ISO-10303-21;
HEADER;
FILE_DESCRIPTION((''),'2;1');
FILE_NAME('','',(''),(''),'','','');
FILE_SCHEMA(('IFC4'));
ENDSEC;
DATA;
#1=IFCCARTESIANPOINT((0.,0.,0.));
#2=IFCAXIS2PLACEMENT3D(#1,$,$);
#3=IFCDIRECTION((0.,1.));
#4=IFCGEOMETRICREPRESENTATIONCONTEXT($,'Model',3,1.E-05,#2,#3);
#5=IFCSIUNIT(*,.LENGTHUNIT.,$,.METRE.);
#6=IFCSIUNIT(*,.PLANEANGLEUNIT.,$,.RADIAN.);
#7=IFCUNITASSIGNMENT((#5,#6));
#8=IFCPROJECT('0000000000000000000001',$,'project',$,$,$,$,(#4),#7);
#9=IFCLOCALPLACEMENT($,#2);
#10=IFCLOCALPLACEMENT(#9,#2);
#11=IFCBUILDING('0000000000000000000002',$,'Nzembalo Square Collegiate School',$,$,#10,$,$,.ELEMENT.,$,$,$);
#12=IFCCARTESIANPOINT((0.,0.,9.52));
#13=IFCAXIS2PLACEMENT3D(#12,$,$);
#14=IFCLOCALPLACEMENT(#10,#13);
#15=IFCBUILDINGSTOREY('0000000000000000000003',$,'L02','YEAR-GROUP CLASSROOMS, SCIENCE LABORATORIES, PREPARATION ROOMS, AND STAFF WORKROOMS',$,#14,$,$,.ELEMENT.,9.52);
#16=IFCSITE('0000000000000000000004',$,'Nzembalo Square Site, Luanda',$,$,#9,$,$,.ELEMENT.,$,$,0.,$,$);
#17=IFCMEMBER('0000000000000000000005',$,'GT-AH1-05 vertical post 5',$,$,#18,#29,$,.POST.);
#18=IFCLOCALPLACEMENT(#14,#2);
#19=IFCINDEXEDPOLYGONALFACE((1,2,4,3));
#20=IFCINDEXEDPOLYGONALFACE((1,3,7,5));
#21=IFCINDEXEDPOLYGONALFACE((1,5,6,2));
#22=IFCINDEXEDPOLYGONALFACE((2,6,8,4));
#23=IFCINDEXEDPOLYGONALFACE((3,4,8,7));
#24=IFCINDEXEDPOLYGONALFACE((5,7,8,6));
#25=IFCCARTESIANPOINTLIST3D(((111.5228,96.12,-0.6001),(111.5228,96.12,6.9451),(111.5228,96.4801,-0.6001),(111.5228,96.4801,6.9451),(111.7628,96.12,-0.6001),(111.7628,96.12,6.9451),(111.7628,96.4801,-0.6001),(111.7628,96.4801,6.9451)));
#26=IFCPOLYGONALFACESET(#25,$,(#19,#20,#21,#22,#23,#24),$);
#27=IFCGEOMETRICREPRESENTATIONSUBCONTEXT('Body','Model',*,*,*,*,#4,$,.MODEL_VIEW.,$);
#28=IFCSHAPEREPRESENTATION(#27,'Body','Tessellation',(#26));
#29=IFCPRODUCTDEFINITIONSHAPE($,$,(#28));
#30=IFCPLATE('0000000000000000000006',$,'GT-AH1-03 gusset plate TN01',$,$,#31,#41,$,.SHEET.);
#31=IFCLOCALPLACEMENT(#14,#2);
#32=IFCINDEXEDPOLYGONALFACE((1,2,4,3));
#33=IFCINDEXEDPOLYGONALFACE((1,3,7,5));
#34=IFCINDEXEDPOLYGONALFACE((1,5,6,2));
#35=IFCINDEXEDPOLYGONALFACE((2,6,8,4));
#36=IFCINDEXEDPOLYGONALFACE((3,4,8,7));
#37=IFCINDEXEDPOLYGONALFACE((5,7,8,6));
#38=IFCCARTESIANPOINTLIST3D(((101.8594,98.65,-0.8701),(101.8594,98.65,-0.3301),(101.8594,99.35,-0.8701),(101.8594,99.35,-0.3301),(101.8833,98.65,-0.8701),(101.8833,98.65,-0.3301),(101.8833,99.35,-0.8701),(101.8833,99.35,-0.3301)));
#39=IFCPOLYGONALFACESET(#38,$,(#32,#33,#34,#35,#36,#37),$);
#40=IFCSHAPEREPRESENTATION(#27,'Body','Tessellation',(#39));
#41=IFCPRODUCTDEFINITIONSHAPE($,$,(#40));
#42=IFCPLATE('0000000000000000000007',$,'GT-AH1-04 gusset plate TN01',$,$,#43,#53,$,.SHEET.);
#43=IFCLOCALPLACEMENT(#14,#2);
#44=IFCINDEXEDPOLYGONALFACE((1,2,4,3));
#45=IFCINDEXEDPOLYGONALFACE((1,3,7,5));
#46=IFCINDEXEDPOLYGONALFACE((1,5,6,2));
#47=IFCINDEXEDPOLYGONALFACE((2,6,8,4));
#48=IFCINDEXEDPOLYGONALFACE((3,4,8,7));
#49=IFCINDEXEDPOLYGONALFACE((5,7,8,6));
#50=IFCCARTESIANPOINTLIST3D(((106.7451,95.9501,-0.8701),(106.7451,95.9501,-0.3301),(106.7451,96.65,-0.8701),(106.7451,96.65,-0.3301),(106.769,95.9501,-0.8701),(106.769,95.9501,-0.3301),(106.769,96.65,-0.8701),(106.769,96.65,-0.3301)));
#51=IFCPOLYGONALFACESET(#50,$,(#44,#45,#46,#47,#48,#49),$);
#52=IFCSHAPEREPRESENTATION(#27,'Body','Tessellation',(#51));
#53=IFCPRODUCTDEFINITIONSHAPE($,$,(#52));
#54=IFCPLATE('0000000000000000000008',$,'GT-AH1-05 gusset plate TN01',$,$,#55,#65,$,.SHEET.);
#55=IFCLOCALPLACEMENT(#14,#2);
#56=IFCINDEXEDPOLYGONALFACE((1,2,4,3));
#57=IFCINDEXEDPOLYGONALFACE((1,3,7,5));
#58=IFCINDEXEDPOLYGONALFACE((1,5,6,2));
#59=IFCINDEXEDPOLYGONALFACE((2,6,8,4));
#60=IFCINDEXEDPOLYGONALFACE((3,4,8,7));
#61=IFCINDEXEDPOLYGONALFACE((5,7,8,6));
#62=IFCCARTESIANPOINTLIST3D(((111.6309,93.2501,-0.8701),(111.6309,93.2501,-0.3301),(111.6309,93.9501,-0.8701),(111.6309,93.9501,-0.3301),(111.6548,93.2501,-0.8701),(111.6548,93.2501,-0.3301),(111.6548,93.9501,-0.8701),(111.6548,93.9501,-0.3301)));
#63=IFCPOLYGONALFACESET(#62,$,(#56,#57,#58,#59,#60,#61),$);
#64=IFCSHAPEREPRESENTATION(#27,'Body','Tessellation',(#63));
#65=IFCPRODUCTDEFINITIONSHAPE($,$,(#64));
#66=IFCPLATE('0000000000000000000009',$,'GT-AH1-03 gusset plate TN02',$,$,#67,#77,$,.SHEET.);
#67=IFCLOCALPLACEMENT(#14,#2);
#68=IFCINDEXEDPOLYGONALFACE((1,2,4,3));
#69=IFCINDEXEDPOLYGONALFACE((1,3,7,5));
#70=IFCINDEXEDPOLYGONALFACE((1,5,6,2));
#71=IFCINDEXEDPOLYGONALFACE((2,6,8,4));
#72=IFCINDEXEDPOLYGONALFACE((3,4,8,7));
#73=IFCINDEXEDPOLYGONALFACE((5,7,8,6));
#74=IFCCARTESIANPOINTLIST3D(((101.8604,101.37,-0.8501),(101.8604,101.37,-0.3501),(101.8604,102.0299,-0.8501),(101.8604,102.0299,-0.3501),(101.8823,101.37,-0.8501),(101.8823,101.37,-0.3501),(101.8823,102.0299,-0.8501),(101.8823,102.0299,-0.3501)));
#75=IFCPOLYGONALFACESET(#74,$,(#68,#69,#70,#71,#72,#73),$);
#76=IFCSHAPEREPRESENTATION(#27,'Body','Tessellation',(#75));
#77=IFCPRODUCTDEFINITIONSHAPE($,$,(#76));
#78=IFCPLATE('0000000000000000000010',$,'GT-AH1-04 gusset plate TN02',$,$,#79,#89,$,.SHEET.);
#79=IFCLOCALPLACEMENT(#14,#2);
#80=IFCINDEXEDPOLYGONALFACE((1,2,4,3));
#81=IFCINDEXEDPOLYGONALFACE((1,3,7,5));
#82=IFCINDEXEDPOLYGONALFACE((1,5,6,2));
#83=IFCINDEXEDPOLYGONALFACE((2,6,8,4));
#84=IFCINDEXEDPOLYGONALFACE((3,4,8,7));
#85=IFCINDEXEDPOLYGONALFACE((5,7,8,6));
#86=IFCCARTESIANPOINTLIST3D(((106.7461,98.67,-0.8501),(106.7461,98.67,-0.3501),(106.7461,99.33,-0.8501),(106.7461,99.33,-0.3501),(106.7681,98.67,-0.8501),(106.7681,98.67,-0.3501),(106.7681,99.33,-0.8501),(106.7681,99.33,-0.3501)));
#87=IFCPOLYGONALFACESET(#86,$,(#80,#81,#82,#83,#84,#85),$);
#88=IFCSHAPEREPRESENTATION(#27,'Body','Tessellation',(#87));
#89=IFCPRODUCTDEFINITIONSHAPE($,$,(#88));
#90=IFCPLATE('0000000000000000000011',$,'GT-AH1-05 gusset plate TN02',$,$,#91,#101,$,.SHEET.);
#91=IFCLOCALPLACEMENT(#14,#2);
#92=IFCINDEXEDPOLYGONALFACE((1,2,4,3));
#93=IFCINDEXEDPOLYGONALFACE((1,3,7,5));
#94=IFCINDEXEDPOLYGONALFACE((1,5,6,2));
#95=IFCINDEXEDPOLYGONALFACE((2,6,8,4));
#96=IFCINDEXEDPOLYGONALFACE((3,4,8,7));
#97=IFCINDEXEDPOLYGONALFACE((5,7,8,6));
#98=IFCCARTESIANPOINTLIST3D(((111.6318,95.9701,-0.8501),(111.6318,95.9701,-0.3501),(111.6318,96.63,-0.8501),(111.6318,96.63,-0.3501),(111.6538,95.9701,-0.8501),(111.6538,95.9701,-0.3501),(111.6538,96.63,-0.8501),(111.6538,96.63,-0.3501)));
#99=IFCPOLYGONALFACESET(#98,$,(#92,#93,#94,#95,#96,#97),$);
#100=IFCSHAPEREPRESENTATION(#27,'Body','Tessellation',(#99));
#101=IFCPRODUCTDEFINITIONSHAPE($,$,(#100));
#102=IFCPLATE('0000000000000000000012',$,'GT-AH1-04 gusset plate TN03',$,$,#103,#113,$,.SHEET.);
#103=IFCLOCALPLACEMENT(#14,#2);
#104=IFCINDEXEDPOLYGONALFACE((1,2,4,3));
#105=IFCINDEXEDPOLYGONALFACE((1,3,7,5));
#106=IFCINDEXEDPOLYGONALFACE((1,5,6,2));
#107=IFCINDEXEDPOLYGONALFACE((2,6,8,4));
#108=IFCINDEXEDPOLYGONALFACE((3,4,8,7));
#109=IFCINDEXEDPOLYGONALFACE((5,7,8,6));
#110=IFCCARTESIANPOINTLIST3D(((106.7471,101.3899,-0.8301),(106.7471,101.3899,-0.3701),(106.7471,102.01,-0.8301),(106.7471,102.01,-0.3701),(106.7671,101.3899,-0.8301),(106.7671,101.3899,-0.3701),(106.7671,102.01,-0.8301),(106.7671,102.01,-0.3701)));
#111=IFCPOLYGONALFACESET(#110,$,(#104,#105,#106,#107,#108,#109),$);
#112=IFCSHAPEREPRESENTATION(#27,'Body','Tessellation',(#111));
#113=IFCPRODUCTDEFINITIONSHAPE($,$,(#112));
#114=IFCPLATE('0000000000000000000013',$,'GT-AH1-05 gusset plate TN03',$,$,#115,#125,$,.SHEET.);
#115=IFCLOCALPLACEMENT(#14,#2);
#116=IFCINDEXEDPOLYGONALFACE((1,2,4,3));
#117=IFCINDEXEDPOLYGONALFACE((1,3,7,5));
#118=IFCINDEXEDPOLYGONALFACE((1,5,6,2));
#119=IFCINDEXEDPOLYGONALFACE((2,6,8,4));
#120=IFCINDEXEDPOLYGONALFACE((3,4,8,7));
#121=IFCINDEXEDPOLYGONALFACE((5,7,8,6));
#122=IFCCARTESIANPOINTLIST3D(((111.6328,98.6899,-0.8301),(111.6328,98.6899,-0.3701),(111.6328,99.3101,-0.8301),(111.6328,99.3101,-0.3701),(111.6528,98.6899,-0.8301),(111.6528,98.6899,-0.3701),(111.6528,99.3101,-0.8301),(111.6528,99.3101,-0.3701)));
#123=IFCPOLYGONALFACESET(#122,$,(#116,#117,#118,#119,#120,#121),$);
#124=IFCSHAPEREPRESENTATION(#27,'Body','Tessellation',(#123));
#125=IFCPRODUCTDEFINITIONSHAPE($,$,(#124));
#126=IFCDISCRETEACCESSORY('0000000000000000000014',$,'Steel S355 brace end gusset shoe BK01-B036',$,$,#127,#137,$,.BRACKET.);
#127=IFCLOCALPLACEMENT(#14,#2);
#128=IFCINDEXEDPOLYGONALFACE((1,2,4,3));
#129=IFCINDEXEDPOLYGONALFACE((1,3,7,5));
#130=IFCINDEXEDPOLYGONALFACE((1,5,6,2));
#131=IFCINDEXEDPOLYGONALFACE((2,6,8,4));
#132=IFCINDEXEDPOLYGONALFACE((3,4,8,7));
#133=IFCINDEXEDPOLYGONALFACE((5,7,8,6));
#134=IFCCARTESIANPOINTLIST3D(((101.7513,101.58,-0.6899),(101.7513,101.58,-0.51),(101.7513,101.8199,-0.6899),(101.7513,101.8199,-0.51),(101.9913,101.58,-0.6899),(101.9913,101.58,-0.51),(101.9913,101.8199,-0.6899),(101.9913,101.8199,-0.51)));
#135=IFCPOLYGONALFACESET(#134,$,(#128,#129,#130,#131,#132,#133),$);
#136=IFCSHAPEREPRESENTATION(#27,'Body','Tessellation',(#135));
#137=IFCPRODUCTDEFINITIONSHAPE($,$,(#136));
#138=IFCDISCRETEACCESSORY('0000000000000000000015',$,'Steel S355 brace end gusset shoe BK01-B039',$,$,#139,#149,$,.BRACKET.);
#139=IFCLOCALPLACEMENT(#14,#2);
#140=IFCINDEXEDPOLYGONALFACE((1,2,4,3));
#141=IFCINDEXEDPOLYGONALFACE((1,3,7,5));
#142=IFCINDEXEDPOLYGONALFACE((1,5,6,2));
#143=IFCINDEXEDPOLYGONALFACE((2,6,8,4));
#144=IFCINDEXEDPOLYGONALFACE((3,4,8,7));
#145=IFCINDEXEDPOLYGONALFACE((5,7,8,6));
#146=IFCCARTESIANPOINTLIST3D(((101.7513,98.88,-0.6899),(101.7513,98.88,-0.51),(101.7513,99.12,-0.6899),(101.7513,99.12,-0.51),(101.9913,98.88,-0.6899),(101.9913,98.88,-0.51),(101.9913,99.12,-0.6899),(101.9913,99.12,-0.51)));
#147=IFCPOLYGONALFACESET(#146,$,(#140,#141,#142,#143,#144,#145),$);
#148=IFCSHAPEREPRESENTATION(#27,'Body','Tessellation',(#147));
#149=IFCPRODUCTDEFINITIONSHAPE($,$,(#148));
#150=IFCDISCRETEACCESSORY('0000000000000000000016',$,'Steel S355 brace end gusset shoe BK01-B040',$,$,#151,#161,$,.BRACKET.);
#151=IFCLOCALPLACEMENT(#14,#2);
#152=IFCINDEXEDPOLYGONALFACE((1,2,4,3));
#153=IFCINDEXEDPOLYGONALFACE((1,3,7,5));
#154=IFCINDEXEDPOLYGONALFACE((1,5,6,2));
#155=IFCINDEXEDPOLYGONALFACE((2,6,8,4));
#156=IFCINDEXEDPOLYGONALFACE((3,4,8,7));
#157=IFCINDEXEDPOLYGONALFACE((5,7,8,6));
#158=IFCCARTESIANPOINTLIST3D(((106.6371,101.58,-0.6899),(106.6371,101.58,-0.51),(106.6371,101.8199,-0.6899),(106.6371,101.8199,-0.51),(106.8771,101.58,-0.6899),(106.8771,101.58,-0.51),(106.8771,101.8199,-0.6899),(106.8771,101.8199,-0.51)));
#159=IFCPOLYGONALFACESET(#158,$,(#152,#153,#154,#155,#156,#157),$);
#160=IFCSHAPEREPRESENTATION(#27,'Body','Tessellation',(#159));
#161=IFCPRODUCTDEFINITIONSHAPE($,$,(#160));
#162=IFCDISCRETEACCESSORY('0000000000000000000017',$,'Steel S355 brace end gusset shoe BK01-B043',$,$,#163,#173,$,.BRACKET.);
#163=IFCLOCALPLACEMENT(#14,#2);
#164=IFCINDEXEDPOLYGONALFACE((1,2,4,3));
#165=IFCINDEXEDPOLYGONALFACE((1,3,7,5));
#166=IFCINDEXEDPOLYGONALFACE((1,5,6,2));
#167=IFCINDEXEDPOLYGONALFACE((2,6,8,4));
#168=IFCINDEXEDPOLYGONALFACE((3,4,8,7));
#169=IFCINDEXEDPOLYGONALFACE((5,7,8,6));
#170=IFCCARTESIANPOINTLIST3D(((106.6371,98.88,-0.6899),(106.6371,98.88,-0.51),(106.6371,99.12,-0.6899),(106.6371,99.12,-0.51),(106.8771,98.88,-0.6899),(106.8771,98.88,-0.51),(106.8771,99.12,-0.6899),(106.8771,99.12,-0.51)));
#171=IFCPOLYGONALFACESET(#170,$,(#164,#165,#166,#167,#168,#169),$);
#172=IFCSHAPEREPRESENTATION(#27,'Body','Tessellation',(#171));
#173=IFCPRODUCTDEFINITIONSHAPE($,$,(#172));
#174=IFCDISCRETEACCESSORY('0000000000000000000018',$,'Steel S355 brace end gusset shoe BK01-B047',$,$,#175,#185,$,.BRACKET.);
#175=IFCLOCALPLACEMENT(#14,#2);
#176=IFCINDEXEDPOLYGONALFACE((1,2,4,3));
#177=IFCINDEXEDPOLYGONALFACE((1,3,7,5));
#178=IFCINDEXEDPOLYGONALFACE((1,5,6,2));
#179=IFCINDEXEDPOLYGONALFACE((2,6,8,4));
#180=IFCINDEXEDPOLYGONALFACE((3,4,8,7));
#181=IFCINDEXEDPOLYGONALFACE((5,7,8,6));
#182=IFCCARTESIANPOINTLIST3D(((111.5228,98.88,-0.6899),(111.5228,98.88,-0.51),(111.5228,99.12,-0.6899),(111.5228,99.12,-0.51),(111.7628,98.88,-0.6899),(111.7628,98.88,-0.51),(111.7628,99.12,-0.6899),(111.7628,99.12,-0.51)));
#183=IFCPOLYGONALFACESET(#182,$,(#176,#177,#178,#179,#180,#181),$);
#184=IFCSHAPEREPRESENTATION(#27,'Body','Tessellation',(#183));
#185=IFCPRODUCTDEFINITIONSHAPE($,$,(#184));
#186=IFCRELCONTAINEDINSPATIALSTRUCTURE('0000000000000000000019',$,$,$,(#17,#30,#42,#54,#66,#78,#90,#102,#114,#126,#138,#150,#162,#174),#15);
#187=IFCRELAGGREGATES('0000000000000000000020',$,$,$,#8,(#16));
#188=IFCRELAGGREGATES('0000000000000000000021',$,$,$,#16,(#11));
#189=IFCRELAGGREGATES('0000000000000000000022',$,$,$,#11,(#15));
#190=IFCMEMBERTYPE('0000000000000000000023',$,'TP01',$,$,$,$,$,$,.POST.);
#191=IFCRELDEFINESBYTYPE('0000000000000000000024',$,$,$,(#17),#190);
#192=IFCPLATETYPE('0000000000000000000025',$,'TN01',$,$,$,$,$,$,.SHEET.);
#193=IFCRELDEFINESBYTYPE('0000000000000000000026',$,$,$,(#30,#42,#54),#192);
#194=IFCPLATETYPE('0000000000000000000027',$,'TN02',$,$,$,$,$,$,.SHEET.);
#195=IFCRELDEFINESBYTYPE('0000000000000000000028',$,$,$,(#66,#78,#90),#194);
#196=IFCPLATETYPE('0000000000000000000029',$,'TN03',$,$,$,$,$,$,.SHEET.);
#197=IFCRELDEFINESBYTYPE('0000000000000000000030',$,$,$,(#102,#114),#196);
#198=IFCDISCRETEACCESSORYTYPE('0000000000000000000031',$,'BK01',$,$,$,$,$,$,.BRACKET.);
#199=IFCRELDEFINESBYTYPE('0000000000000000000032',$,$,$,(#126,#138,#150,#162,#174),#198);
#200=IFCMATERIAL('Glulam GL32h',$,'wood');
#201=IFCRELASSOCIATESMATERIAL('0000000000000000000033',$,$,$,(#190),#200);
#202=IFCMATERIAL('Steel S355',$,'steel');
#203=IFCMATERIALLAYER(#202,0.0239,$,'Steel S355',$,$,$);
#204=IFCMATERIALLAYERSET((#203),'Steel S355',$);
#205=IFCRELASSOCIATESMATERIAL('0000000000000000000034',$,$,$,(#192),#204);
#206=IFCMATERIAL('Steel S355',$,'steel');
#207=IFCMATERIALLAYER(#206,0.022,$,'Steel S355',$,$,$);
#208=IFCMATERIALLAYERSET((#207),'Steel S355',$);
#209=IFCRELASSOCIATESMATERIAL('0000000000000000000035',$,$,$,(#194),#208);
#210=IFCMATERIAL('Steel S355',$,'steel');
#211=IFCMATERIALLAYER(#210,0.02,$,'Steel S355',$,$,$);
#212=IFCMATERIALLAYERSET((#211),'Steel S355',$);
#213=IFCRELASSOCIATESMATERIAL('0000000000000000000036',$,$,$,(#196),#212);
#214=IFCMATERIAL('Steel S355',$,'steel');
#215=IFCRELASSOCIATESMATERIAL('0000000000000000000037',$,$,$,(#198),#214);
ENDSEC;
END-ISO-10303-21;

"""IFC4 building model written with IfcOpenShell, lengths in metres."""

from ifc_helpers import new_model, si_unit, direction, frame, origin, origin_2d, place, context, subcontext, project, spatial, rectangle, extrude, material, layer, layer_set, material_profile, profile_set, type_object, element, save


model = new_model("IFC4")

# Units and contexts
model_context = context("Model", 3, precision=1e-05, world=origin(), true_north=direction((0.0, 1.0)))
body_context = subcontext(model_context, "Body", "Model", "MODEL_VIEW")
ifc_project = project(units=[si_unit("LENGTHUNIT", "METRE"), si_unit("PLANEANGLEUNIT", "RADIAN")], contexts=[model_context])

# Site, building, storey
site_placement = place(None, origin())
site = spatial("IfcSite", under=ifc_project, at=site_placement, Name="Nzembalo Square Site, Luanda", CompositionType="ELEMENT", RefElevation=0.0)
building_placement = place(site_placement, origin())
building = spatial("IfcBuilding", under=site, at=building_placement, Name="Nzembalo Square Collegiate School", CompositionType="ELEMENT")
storey_placement = place(building_placement, frame((0.0, 0.0, 9.52)))
storey = spatial("IfcBuildingStorey", under=building, at=storey_placement, Name="L02", Description="YEAR-GROUP CLASSROOMS, SCIENCE LABORATORIES, PREPARATION ROOMS, AND STAFF WORKROOMS", CompositionType="ELEMENT", Elevation=9.52)

# Member
ifc_material_1 = material(Name="Glulam GL32h", Category="wood")
ifc_material_profile_1 = material_profile(ifc_material_1, rectangle(XDim=0.24, YDim=0.3601, at=origin_2d()), Name="GL32h 240x360")
ifc_profile_set_1 = profile_set([ifc_material_profile_1], Name="Glulam GL32h")
member_type_1 = type_object("IfcMemberType", Name="TP01", PredefinedType="POST", material=ifc_profile_set_1)
member_1_placement = place(storey_placement, frame((111.6428, 96.3, -0.6001), z_axis=(0.0, 0.0, 1.0), x_axis=(1.0, 0.0, 0.0)))
element("IfcMember", 1, at=member_1_placement, inside=storey, type_object=member_type_1, Name="GT-AH1-05 vertical post 5", PredefinedType="POST", context=body_context, shape_type="SweptSolid", body=[
    extrude(rectangle(XDim=0.24, YDim=0.3601, at=origin_2d()), origin(), (0.0, 0.0, 1.0), 7.5452),
])

# Plates
ifc_material_2 = material(Name="Steel S355", Category="steel")
ifc_layer_1 = layer(ifc_material_2, 0.0239, Name="Steel S355")
ifc_layer_set_1 = layer_set([ifc_layer_1], Name="Steel S355")
plate_type_1 = type_object("IfcPlateType", Name="TN01", PredefinedType="SHEET", material=ifc_layer_set_1)
for number, where, z_axis, x_axis, name in (
    (2, (101.8713, 99.0, -0.8701), (0.0, 0.0, 1.0), (0.0, 1.0, 0.0), "GT-AH1-03 gusset plate TN01"),
    (3, (106.7571, 96.3, -0.8701), (0.0, 0.0, 1.0), (0.0, 1.0, 0.0), "GT-AH1-04 gusset plate TN01"),
    (4, (111.6428, 93.6001, -0.8701), (0.0, 0.0, 1.0), (0.0, 1.0, 0.0), "GT-AH1-05 gusset plate TN01"),
):
    element("IfcPlate", number, at=place(storey_placement, frame(where, z_axis=z_axis, x_axis=x_axis)), inside=storey, type_object=plate_type_1, Name=name, PredefinedType="SHEET", context=body_context, shape_type="SweptSolid", body=[
        extrude(rectangle(XDim=0.7, YDim=0.0239, at=origin_2d()), origin(), (0.0, 0.0, 1.0), 0.54),
    ])
ifc_material_3 = material(Name="Steel S355", Category="steel")
ifc_layer_2 = layer(ifc_material_3, 0.022, Name="Steel S355")
ifc_layer_set_2 = layer_set([ifc_layer_2], Name="Steel S355")
plate_type_2 = type_object("IfcPlateType", Name="TN02", PredefinedType="SHEET", material=ifc_layer_set_2)
for number, where, z_axis, x_axis, name in (
    (5, (101.8713, 101.7, -0.8501), (0.0, 0.0, 1.0), (0.0, 1.0, 0.0), "GT-AH1-03 gusset plate TN02"),
    (6, (106.7571, 99.0, -0.8501), (0.0, 0.0, 1.0), (0.0, 1.0, 0.0), "GT-AH1-04 gusset plate TN02"),
    (7, (111.6428, 96.3, -0.8501), (0.0, 0.0, 1.0), (0.0, 1.0, 0.0), "GT-AH1-05 gusset plate TN02"),
):
    element("IfcPlate", number, at=place(storey_placement, frame(where, z_axis=z_axis, x_axis=x_axis)), inside=storey, type_object=plate_type_2, Name=name, PredefinedType="SHEET", context=body_context, shape_type="SweptSolid", body=[
        extrude(rectangle(XDim=0.6599, YDim=0.022, at=origin_2d()), origin(), (0.0, 0.0, 1.0), 0.5),
    ])
ifc_material_4 = material(Name="Steel S355", Category="steel")
ifc_layer_3 = layer(ifc_material_4, 0.02, Name="Steel S355")
ifc_layer_set_3 = layer_set([ifc_layer_3], Name="Steel S355")
plate_type_3 = type_object("IfcPlateType", Name="TN03", PredefinedType="SHEET", material=ifc_layer_set_3)
for number, where, z_axis, x_axis, name in (
    (8, (106.7571, 101.7, -0.8301), (0.0, 0.0, 1.0), (0.0, 1.0, 0.0), "GT-AH1-04 gusset plate TN03"),
    (9, (111.6428, 99.0, -0.8301), (0.0, 0.0, 1.0), (0.0, 1.0, 0.0), "GT-AH1-05 gusset plate TN03"),
):
    element("IfcPlate", number, at=place(storey_placement, frame(where, z_axis=z_axis, x_axis=x_axis)), inside=storey, type_object=plate_type_3, Name=name, PredefinedType="SHEET", context=body_context, shape_type="SweptSolid", body=[
        extrude(rectangle(XDim=0.6201, YDim=0.02, at=origin_2d()), origin(), (0.0, 0.0, 1.0), 0.46),
    ])

# Discrete accessories
ifc_material_5 = material(Name="Steel S355", Category="steel")
discrete_accessory_type = type_object("IfcDiscreteAccessoryType", Name="BK01", PredefinedType="BRACKET", material=ifc_material_5)
for number, where, z_axis, x_axis, name in (
    (10, (101.8713, 101.7, -0.6899), (0.0, 0.0, 1.0), (1.0, 0.0, 0.0), "Steel S355 brace end gusset shoe BK01-B036"),
    (11, (101.8713, 99.0, -0.6899), (0.0, 0.0, 1.0), (1.0, 0.0, 0.0), "Steel S355 brace end gusset shoe BK01-B039"),
    (12, (106.7571, 101.7, -0.6899), (0.0, 0.0, 1.0), (1.0, 0.0, 0.0), "Steel S355 brace end gusset shoe BK01-B040"),
    (13, (106.7571, 99.0, -0.6899), (0.0, 0.0, 1.0), (1.0, 0.0, 0.0), "Steel S355 brace end gusset shoe BK01-B043"),
    (14, (111.6428, 99.0, -0.6899), (0.0, 0.0, 1.0), (1.0, 0.0, 0.0), "Steel S355 brace end gusset shoe BK01-B047"),
):
    element("IfcDiscreteAccessory", number, at=place(storey_placement, frame(where, z_axis=z_axis, x_axis=x_axis)), inside=storey, type_object=discrete_accessory_type, Name=name, PredefinedType="BRACKET", context=body_context, shape_type="SweptSolid", body=[
        extrude(rectangle(XDim=0.24, YDim=0.24, at=origin_2d()), origin(), (0.0, 0.0, 1.0), 0.1799),
    ])

save(model, "model.ifc")
